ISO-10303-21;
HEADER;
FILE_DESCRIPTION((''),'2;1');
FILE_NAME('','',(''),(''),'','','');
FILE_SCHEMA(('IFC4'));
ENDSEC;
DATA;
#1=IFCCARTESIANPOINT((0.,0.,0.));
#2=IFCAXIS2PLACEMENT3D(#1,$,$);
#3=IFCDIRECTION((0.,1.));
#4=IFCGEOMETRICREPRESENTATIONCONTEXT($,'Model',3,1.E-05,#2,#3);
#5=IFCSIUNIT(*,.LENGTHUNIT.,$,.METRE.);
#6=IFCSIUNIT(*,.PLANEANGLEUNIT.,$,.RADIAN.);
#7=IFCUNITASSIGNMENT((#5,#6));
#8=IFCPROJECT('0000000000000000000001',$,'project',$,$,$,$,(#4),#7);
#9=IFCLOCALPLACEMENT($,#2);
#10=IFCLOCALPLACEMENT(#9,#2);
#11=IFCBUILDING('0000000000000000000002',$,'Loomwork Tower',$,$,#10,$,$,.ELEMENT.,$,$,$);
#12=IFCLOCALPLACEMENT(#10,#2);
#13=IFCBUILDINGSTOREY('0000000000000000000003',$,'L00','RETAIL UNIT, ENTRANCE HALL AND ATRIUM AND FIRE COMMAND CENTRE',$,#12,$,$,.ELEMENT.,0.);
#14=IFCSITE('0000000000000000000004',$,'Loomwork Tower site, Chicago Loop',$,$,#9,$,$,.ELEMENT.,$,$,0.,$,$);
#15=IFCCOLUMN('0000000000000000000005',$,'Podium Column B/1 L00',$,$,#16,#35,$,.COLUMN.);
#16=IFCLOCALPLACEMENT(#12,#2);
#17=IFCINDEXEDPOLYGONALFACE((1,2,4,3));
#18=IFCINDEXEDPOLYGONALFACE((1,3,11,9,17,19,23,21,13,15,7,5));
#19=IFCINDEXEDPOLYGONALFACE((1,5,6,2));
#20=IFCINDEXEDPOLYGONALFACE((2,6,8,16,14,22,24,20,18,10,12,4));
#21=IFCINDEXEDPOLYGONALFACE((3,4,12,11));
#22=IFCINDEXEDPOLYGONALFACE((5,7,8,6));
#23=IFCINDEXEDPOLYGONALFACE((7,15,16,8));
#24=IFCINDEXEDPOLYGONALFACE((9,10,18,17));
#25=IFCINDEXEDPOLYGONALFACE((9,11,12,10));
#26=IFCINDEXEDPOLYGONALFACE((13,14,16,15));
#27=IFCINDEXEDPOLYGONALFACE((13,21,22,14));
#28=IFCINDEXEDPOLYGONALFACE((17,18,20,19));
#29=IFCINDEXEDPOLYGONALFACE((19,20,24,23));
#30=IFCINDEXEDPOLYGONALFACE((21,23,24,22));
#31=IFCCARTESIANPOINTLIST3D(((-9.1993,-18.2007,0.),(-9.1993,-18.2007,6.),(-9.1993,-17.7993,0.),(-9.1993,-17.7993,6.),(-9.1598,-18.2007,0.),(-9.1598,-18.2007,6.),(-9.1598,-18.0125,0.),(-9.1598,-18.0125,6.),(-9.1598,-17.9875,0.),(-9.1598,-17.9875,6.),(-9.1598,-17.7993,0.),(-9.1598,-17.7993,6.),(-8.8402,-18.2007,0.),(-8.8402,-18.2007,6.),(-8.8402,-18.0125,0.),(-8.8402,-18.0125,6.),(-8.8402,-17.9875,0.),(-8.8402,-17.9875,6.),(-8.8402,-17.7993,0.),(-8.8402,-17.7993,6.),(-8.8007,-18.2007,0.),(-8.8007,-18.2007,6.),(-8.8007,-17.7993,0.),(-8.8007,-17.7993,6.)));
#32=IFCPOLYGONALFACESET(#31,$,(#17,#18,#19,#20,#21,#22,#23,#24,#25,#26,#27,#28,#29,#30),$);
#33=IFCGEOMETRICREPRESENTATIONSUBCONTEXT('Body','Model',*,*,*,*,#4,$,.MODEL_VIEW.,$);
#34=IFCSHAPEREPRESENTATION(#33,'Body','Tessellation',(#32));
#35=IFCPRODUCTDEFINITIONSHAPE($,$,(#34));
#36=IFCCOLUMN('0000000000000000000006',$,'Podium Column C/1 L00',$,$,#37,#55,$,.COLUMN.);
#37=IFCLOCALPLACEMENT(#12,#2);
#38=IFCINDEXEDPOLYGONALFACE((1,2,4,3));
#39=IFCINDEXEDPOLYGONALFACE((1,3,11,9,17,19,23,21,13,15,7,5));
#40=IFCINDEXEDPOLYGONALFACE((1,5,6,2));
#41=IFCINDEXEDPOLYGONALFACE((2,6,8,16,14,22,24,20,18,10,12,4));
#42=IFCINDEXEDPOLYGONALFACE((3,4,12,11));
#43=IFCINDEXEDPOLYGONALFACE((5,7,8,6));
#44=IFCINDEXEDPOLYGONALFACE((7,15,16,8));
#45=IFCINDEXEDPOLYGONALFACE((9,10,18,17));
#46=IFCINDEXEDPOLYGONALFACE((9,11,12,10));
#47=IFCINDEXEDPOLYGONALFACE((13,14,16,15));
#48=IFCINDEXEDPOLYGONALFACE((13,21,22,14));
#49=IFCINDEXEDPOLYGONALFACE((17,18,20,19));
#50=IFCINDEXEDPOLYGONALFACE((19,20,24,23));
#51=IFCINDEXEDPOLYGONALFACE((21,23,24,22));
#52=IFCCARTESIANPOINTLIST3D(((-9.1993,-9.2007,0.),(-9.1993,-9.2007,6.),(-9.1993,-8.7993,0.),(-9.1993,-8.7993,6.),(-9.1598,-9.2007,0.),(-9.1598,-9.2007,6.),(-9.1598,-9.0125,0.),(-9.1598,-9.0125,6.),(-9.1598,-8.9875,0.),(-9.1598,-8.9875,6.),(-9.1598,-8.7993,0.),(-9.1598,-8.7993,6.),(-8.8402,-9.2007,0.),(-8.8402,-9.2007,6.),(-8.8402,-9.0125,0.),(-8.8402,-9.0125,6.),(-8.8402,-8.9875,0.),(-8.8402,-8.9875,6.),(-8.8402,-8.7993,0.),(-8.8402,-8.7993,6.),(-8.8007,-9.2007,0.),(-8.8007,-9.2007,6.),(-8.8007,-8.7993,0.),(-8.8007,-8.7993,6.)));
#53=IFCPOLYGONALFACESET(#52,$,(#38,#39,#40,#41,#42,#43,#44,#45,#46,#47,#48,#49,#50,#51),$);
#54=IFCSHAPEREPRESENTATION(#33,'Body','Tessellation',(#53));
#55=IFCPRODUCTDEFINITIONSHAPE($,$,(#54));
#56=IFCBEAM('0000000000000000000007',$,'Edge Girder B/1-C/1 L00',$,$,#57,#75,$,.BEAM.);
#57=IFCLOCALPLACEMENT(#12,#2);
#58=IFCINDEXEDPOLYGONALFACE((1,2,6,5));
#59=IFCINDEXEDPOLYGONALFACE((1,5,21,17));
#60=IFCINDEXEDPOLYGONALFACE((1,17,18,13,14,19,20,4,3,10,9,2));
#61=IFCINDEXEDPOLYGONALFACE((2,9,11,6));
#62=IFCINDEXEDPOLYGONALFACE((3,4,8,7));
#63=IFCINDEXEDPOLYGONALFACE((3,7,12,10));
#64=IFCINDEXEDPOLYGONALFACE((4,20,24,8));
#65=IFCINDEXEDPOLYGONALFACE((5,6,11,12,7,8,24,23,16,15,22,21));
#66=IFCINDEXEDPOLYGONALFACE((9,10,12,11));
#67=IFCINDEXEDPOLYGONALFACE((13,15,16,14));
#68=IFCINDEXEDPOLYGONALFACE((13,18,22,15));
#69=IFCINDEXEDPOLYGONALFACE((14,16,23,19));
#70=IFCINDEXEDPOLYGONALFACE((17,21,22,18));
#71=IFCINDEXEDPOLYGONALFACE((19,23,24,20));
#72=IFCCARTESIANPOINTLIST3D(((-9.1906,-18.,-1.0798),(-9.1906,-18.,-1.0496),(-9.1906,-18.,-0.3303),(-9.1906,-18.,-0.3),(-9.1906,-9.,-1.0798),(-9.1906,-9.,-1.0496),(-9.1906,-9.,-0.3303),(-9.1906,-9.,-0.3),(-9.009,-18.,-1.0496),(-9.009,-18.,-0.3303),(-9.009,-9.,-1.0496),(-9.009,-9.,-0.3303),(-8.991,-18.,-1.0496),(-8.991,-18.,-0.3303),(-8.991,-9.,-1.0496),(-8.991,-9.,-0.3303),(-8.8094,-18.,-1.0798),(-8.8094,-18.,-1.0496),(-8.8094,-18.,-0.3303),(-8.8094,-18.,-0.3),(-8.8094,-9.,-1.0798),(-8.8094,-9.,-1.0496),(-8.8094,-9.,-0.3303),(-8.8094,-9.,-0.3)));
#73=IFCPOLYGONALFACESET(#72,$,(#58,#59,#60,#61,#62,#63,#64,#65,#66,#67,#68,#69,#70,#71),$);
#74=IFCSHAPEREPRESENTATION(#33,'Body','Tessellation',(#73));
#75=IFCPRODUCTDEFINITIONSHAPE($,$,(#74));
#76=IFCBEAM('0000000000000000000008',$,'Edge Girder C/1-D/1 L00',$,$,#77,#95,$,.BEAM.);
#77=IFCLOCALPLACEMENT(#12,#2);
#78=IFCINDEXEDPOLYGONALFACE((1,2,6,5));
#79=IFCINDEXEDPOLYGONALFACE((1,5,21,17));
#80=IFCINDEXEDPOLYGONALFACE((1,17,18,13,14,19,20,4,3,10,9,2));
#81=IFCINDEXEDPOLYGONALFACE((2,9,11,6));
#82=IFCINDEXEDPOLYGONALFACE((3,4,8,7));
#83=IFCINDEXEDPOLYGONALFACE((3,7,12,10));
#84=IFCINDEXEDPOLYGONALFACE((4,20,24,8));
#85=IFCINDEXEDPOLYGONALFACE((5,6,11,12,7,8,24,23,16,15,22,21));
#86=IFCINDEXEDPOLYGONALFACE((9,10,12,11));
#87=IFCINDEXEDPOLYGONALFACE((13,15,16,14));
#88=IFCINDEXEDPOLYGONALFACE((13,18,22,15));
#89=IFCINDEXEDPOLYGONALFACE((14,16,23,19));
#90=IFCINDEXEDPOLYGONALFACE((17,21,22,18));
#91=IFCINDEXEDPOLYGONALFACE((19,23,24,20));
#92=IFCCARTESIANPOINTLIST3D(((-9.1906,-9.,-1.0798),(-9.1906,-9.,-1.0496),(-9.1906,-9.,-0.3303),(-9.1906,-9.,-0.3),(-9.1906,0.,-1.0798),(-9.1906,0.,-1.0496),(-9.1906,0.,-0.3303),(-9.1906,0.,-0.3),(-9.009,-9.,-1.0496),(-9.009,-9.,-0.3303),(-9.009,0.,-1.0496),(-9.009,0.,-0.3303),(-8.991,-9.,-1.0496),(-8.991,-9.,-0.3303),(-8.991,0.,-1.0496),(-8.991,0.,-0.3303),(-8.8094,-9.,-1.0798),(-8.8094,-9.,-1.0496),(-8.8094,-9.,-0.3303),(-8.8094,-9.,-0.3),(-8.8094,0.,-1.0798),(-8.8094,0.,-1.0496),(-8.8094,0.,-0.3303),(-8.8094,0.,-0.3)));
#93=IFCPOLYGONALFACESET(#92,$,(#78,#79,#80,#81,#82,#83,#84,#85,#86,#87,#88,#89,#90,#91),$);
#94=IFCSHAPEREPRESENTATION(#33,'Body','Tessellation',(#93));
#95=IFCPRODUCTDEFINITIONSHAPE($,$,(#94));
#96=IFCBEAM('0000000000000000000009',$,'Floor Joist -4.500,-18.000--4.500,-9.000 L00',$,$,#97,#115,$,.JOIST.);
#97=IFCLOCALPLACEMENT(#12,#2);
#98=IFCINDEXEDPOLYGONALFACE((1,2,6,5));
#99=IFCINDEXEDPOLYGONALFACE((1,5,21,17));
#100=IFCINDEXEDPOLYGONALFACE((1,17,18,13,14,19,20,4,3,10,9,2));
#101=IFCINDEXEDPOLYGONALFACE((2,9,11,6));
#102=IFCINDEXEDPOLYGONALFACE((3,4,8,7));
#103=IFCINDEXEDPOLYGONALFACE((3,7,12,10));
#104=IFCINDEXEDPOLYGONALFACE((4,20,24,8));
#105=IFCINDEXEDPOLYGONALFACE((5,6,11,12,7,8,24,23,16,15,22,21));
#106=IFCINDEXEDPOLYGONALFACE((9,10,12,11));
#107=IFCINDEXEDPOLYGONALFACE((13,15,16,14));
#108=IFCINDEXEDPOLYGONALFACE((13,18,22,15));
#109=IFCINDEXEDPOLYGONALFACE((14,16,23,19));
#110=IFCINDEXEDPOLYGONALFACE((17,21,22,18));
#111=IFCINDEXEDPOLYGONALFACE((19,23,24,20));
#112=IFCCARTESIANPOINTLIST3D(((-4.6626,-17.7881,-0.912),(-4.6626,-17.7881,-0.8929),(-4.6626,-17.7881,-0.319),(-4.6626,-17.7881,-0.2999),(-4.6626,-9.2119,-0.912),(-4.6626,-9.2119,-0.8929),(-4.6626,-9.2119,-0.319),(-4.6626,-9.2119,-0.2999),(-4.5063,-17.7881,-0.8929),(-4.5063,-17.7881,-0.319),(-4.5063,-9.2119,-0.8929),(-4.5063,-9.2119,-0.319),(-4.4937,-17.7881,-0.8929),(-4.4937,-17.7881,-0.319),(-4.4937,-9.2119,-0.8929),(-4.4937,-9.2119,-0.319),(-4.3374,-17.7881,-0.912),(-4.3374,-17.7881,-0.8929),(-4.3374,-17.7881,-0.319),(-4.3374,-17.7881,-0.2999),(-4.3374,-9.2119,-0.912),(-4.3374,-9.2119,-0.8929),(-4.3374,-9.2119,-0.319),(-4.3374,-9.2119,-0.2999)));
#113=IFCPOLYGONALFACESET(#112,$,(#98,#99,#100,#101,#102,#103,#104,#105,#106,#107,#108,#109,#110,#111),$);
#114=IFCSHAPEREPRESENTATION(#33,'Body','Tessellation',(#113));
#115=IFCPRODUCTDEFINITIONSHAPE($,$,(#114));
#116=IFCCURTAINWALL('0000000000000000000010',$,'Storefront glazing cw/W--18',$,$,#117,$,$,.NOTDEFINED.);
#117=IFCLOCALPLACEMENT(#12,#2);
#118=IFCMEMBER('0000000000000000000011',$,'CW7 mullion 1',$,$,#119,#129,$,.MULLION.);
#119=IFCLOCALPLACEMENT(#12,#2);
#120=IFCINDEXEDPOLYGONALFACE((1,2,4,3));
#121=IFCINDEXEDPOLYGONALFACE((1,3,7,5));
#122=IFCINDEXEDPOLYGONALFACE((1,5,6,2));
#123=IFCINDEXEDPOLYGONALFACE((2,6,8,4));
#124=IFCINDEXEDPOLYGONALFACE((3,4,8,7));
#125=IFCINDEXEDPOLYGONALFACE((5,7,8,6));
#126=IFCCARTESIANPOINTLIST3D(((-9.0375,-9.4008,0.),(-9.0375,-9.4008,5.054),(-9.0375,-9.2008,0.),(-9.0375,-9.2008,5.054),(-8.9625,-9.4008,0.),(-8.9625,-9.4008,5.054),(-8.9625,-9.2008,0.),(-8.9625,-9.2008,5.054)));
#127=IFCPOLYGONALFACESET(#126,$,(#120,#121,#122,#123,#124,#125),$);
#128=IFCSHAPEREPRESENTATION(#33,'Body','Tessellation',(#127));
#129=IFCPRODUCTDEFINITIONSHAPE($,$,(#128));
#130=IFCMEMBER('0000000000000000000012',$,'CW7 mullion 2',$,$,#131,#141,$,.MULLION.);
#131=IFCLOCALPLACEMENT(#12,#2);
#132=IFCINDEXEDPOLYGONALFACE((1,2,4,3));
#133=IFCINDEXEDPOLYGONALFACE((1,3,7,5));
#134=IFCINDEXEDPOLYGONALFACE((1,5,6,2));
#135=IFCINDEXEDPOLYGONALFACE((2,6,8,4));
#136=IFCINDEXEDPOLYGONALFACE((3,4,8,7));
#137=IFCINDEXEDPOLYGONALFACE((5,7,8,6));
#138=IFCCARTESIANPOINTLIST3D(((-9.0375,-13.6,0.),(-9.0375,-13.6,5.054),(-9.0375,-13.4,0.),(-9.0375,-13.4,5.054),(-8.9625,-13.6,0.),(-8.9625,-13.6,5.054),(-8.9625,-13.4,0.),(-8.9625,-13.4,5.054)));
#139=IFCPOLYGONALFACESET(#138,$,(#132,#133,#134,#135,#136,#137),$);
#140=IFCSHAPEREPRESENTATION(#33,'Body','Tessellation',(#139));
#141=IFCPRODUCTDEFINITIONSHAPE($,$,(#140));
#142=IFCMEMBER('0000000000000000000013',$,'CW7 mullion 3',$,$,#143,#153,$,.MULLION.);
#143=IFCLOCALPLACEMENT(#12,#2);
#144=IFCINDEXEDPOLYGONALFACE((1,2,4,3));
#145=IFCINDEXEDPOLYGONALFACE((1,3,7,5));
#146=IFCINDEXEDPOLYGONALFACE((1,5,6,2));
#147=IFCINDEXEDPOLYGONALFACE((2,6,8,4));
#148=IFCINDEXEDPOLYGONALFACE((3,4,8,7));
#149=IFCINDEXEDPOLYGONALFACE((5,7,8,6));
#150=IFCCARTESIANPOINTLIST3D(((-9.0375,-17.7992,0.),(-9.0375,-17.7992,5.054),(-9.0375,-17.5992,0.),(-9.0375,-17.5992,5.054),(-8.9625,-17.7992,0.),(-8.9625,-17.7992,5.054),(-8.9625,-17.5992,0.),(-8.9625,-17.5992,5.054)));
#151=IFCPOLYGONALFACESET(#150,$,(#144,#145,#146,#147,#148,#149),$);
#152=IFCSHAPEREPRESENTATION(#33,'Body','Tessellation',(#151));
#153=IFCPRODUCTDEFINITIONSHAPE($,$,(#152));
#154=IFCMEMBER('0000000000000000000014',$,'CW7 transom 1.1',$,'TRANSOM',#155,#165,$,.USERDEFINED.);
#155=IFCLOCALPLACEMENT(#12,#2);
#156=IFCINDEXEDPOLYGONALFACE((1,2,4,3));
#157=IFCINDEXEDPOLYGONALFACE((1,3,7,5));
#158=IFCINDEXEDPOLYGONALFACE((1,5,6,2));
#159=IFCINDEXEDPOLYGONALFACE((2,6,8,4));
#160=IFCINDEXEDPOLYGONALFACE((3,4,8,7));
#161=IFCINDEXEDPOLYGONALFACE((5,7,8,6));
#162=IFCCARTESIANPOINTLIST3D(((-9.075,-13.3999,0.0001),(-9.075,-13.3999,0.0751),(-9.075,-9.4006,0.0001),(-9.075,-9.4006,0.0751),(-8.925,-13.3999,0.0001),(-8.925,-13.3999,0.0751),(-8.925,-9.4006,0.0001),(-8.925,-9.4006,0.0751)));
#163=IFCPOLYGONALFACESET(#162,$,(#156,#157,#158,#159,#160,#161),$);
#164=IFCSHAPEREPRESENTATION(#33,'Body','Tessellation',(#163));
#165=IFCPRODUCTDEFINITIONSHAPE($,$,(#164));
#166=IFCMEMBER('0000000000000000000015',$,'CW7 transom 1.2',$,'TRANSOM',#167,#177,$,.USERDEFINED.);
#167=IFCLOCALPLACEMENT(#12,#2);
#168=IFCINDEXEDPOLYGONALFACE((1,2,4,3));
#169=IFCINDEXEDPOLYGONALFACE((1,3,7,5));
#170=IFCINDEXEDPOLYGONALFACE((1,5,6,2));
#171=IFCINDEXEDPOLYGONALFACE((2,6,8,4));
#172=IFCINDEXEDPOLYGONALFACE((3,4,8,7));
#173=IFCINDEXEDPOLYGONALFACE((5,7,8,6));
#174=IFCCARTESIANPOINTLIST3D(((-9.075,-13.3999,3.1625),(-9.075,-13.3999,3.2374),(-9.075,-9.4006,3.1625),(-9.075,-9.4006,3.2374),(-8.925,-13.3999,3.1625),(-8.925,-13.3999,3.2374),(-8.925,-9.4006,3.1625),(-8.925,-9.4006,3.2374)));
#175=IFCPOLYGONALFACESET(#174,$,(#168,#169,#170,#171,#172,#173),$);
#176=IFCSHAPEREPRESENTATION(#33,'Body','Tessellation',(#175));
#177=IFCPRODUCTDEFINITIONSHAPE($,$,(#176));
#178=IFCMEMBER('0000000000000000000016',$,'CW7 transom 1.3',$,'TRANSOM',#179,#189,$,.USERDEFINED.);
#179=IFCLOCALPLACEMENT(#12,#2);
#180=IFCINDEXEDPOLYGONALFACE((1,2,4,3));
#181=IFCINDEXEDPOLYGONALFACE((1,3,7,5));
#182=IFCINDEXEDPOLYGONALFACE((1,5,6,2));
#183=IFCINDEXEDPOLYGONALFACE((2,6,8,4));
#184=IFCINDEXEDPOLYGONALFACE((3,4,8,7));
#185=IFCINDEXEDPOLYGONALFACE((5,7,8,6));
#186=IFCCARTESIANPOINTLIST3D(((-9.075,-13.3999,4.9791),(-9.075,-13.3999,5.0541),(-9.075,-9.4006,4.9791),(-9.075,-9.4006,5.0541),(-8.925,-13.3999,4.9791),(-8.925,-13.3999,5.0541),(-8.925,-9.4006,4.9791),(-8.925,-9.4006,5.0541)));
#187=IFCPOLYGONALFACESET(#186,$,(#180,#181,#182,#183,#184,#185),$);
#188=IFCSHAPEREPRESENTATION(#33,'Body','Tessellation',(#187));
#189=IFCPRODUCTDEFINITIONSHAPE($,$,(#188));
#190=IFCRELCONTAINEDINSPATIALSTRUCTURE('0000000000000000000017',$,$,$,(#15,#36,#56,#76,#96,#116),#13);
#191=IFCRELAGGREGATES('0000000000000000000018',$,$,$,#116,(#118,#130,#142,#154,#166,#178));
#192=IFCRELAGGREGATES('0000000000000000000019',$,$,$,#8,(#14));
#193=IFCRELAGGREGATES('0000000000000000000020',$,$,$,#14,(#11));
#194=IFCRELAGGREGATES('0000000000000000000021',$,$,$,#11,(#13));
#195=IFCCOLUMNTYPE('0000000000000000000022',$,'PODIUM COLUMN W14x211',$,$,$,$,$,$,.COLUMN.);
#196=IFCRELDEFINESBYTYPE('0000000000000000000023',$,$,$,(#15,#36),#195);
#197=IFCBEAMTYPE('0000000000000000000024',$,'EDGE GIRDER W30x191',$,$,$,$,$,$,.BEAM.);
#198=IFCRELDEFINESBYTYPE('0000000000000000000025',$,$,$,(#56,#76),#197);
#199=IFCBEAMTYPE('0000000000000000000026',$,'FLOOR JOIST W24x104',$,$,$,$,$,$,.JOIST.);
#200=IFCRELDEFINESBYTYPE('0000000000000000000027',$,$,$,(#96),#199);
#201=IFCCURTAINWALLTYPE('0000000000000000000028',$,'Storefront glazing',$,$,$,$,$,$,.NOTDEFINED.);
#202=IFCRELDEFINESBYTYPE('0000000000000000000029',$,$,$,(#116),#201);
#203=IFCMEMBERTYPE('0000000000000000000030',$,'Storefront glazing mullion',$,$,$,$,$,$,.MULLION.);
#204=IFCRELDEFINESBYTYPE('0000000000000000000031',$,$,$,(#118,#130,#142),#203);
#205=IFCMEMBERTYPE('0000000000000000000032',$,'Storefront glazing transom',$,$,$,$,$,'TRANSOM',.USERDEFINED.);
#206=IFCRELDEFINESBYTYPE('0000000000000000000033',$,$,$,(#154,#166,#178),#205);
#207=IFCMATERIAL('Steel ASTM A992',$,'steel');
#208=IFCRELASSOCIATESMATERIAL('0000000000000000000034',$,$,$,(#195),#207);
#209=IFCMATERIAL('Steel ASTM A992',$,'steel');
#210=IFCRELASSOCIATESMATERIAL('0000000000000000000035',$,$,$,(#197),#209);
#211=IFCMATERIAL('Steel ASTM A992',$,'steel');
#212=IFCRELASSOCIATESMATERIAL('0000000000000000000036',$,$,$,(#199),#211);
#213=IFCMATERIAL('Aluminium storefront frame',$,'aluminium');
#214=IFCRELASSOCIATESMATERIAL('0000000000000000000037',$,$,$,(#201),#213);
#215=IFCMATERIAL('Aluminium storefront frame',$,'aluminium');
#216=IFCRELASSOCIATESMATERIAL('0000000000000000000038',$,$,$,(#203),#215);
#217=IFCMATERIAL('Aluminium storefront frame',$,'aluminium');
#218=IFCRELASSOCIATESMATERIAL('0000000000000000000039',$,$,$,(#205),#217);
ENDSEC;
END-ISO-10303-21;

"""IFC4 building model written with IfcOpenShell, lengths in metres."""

from ifc_helpers import new_model, si_unit, direction, frame, origin, origin_2d, place, context, subcontext, project, spatial, rectangle, i_section, extrude, material, material_profile, profile_set, type_object, element, aggregate, save


model = new_model("IFC4")

# Units and contexts
model_context = context("Model", 3, precision=1e-05, world=origin(), true_north=direction((0.0, 1.0)))
body_context = subcontext(model_context, "Body", "Model", "MODEL_VIEW")
ifc_project = project(units=[si_unit("LENGTHUNIT", "METRE"), si_unit("PLANEANGLEUNIT", "RADIAN")], contexts=[model_context])

# Site, building, storey
site_placement = place(None, origin())
site = spatial("IfcSite", under=ifc_project, at=site_placement, Name="Loomwork Tower site, Chicago Loop", CompositionType="ELEMENT", RefElevation=0.0)
building_placement = place(site_placement, origin())
building = spatial("IfcBuilding", under=site, at=building_placement, Name="Loomwork Tower", CompositionType="ELEMENT")
storey_placement = place(building_placement, origin())
storey = spatial("IfcBuildingStorey", under=building, at=storey_placement, Name="L00", Description="RETAIL UNIT, ENTRANCE HALL AND ATRIUM AND FIRE COMMAND CENTRE", CompositionType="ELEMENT", Elevation=0.0)

# Columns
ifc_material_1 = material(Name="Steel ASTM A992", Category="steel")
ifc_material_profile_1 = material_profile(ifc_material_1, i_section(OverallWidth=0.4014, OverallDepth=0.3987, WebThickness=0.0249, FlangeThickness=0.0396, at=origin_2d()), Name="W14x211")
ifc_profile_set_1 = profile_set([ifc_material_profile_1], Name="Steel ASTM A992")
column_type = type_object("IfcColumnType", Name="PODIUM COLUMN W14x211", PredefinedType="COLUMN", material=ifc_profile_set_1)
for number, where, z_axis, x_axis, name in (
    (1, (-9.0, -18.0, 0.0), (0.0, 0.0, 1.0), (0.0, 1.0, 0.0), "Podium Column B/1 L00"),
    (2, (-9.0, -9.0, 0.0), (0.0, 0.0, 1.0), (0.0, 1.0, 0.0), "Podium Column C/1 L00"),
):
    element("IfcColumn", number, at=place(storey_placement, frame(where, z_axis=z_axis, x_axis=x_axis)), inside=storey, type_object=column_type, Name=name, PredefinedType="COLUMN", context=body_context, shape_type="SweptSolid", body=[
        extrude(i_section(OverallWidth=0.4014, OverallDepth=0.3987, WebThickness=0.0249, FlangeThickness=0.0396, at=origin_2d()), origin(), (0.0, 0.0, 1.0), 6.0),
    ])

# Beams
ifc_material_2 = material(Name="Steel ASTM A992", Category="steel")
ifc_material_profile_2 = material_profile(ifc_material_2, i_section(OverallWidth=0.3811, OverallDepth=0.7798, WebThickness=0.0181, FlangeThickness=0.0303, at=origin_2d()), Name="W30x191")
ifc_profile_set_2 = profile_set([ifc_material_profile_2], Name="Steel ASTM A992")
beam_type_1 = type_object("IfcBeamType", Name="EDGE GIRDER W30x191", PredefinedType="BEAM", material=ifc_profile_set_2)
for number, where, z_axis, x_axis, name in (
    (3, (-9.0, -18.0, -0.6899), (0.0, 1.0, 0.0), (-1.0, 0.0, 0.0), "Edge Girder B/1-C/1 L00"),
    (4, (-9.0, -9.0, -0.6899), (0.0, 1.0, 0.0), (-1.0, 0.0, 0.0), "Edge Girder C/1-D/1 L00"),
):
    element("IfcBeam", number, at=place(storey_placement, frame(where, z_axis=z_axis, x_axis=x_axis)), inside=storey, type_object=beam_type_1, Name=name, PredefinedType="BEAM", context=body_context, shape_type="SweptSolid", body=[
        extrude(i_section(OverallWidth=0.3811, OverallDepth=0.7798, WebThickness=0.0181, FlangeThickness=0.0303, at=origin_2d()), origin(), (0.0, 0.0, 1.0), 9.0),
    ])
ifc_material_3 = material(Name="Steel ASTM A992", Category="steel")
ifc_material_profile_3 = material_profile(ifc_material_3, i_section(OverallWidth=0.3252, OverallDepth=0.6121, WebThickness=0.0127, FlangeThickness=0.019, at=origin_2d()), Name="W24x104")
ifc_profile_set_3 = profile_set([ifc_material_profile_3], Name="Steel ASTM A992")
beam_type_2 = type_object("IfcBeamType", Name="FLOOR JOIST W24x104", PredefinedType="JOIST", material=ifc_profile_set_3)
beam_placement = place(storey_placement, frame((-4.5, -17.7881, -0.606), z_axis=(0.0, 1.0, 0.0), x_axis=(-1.0, 0.0, 0.0)))
element("IfcBeam", 5, at=beam_placement, inside=storey, type_object=beam_type_2, Name="Floor Joist -4.500,-18.000--4.500,-9.000 L00", PredefinedType="JOIST", context=body_context, shape_type="SweptSolid", body=[
    extrude(i_section(OverallWidth=0.3252, OverallDepth=0.6121, WebThickness=0.0127, FlangeThickness=0.019, at=origin_2d()), origin(), (0.0, 0.0, 1.0), 8.5762),
])

# Curtain wall, members
ifc_material_4 = material(Name="Aluminium storefront frame", Category="aluminium")
curtain_wall_type = type_object("IfcCurtainWallType", Name="Storefront glazing", PredefinedType="NOTDEFINED", material=ifc_material_4)
curtain_wall_placement = place(storey_placement, origin())
curtain_wall = element("IfcCurtainWall", 6, at=curtain_wall_placement, inside=storey, type_object=curtain_wall_type, Name="Storefront glazing cw/W--18", PredefinedType="NOTDEFINED")
ifc_material_5 = material(Name="Aluminium storefront frame", Category="aluminium")
ifc_material_profile_4 = material_profile(ifc_material_5, rectangle(XDim=0.075, YDim=0.2, at=origin_2d()), Name="AL 75x200")
ifc_profile_set_4 = profile_set([ifc_material_profile_4], Name="Aluminium storefront frame")
member_type_1 = type_object("IfcMemberType", Name="Storefront glazing mullion", PredefinedType="MULLION", material=ifc_profile_set_4)
member_1_placement = place(storey_placement, frame((-9.0, -9.3008, 0.0), z_axis=(0.0, 0.0, 1.0), x_axis=(1.0, 0.0, 0.0)))
member_1 = element("IfcMember", 7, at=member_1_placement, type_object=member_type_1, Name="CW7 mullion 1", PredefinedType="MULLION", context=body_context, shape_type="SweptSolid", body=[
    extrude(rectangle(XDim=0.075, YDim=0.2, at=origin_2d()), origin(), (0.0, 0.0, 1.0), 5.054),
])
member_2_placement = place(storey_placement, frame((-9.0, -13.5, 0.0), z_axis=(0.0, 0.0, 1.0), x_axis=(1.0, 0.0, 0.0)))
member_2 = element("IfcMember", 8, at=member_2_placement, type_object=member_type_1, Name="CW7 mullion 2", PredefinedType="MULLION", context=body_context, shape_type="SweptSolid", body=[
    extrude(rectangle(XDim=0.075, YDim=0.2, at=origin_2d()), origin(), (0.0, 0.0, 1.0), 5.054),
])
member_3_placement = place(storey_placement, frame((-9.0, -17.6992, 0.0), z_axis=(0.0, 0.0, 1.0), x_axis=(1.0, 0.0, 0.0)))
member_3 = element("IfcMember", 9, at=member_3_placement, type_object=member_type_1, Name="CW7 mullion 3", PredefinedType="MULLION", context=body_context, shape_type="SweptSolid", body=[
    extrude(rectangle(XDim=0.075, YDim=0.2, at=origin_2d()), origin(), (0.0, 0.0, 1.0), 5.054),
])
ifc_material_6 = material(Name="Aluminium storefront frame", Category="aluminium")
ifc_material_profile_5 = material_profile(ifc_material_6, rectangle(XDim=0.1499, YDim=0.075, at=origin_2d()), Name="AL 75x150")
ifc_profile_set_5 = profile_set([ifc_material_profile_5], Name="Aluminium storefront frame")
member_type_2 = type_object("IfcMemberType", Name="Storefront glazing transom", ElementType="TRANSOM", PredefinedType="USERDEFINED", material=ifc_profile_set_5)
member_4_placement = place(storey_placement, frame((-9.0, -9.4006, 0.0376), z_axis=(0.0, -1.0, 0.0), x_axis=(1.0, 0.0, 0.0)))
member_4 = element("IfcMember", 10, at=member_4_placement, type_object=member_type_2, Name="CW7 transom 1.1", ObjectType="TRANSOM", PredefinedType="USERDEFINED", context=body_context, shape_type="SweptSolid", body=[
    extrude(rectangle(XDim=0.1499, YDim=0.075, at=origin_2d()), origin(), (0.0, 0.0, 1.0), 3.9993),
])
member_5_placement = place(storey_placement, frame((-9.0, -9.4006, 3.2), z_axis=(0.0, -1.0, 0.0), x_axis=(1.0, 0.0, 0.0)))
member_5 = element("IfcMember", 11, at=member_5_placement, type_object=member_type_2, Name="CW7 transom 1.2", ObjectType="TRANSOM", PredefinedType="USERDEFINED", context=body_context, shape_type="SweptSolid", body=[
    extrude(rectangle(XDim=0.1499, YDim=0.075, at=origin_2d()), origin(), (0.0, 0.0, 1.0), 3.9993),
])
member_6_placement = place(storey_placement, frame((-9.0, -9.4006, 5.0166), z_axis=(0.0, -1.0, 0.0), x_axis=(1.0, 0.0, 0.0)))
member_6 = element("IfcMember", 12, at=member_6_placement, type_object=member_type_2, Name="CW7 transom 1.3", ObjectType="TRANSOM", PredefinedType="USERDEFINED", context=body_context, shape_type="SweptSolid", body=[
    extrude(rectangle(XDim=0.1499, YDim=0.075, at=origin_2d()), origin(), (0.0, 0.0, 1.0), 3.9993),
])

aggregate(curtain_wall, [member_1, member_2, member_3, member_4, member_5, member_6])

save(model, "model.ifc")
